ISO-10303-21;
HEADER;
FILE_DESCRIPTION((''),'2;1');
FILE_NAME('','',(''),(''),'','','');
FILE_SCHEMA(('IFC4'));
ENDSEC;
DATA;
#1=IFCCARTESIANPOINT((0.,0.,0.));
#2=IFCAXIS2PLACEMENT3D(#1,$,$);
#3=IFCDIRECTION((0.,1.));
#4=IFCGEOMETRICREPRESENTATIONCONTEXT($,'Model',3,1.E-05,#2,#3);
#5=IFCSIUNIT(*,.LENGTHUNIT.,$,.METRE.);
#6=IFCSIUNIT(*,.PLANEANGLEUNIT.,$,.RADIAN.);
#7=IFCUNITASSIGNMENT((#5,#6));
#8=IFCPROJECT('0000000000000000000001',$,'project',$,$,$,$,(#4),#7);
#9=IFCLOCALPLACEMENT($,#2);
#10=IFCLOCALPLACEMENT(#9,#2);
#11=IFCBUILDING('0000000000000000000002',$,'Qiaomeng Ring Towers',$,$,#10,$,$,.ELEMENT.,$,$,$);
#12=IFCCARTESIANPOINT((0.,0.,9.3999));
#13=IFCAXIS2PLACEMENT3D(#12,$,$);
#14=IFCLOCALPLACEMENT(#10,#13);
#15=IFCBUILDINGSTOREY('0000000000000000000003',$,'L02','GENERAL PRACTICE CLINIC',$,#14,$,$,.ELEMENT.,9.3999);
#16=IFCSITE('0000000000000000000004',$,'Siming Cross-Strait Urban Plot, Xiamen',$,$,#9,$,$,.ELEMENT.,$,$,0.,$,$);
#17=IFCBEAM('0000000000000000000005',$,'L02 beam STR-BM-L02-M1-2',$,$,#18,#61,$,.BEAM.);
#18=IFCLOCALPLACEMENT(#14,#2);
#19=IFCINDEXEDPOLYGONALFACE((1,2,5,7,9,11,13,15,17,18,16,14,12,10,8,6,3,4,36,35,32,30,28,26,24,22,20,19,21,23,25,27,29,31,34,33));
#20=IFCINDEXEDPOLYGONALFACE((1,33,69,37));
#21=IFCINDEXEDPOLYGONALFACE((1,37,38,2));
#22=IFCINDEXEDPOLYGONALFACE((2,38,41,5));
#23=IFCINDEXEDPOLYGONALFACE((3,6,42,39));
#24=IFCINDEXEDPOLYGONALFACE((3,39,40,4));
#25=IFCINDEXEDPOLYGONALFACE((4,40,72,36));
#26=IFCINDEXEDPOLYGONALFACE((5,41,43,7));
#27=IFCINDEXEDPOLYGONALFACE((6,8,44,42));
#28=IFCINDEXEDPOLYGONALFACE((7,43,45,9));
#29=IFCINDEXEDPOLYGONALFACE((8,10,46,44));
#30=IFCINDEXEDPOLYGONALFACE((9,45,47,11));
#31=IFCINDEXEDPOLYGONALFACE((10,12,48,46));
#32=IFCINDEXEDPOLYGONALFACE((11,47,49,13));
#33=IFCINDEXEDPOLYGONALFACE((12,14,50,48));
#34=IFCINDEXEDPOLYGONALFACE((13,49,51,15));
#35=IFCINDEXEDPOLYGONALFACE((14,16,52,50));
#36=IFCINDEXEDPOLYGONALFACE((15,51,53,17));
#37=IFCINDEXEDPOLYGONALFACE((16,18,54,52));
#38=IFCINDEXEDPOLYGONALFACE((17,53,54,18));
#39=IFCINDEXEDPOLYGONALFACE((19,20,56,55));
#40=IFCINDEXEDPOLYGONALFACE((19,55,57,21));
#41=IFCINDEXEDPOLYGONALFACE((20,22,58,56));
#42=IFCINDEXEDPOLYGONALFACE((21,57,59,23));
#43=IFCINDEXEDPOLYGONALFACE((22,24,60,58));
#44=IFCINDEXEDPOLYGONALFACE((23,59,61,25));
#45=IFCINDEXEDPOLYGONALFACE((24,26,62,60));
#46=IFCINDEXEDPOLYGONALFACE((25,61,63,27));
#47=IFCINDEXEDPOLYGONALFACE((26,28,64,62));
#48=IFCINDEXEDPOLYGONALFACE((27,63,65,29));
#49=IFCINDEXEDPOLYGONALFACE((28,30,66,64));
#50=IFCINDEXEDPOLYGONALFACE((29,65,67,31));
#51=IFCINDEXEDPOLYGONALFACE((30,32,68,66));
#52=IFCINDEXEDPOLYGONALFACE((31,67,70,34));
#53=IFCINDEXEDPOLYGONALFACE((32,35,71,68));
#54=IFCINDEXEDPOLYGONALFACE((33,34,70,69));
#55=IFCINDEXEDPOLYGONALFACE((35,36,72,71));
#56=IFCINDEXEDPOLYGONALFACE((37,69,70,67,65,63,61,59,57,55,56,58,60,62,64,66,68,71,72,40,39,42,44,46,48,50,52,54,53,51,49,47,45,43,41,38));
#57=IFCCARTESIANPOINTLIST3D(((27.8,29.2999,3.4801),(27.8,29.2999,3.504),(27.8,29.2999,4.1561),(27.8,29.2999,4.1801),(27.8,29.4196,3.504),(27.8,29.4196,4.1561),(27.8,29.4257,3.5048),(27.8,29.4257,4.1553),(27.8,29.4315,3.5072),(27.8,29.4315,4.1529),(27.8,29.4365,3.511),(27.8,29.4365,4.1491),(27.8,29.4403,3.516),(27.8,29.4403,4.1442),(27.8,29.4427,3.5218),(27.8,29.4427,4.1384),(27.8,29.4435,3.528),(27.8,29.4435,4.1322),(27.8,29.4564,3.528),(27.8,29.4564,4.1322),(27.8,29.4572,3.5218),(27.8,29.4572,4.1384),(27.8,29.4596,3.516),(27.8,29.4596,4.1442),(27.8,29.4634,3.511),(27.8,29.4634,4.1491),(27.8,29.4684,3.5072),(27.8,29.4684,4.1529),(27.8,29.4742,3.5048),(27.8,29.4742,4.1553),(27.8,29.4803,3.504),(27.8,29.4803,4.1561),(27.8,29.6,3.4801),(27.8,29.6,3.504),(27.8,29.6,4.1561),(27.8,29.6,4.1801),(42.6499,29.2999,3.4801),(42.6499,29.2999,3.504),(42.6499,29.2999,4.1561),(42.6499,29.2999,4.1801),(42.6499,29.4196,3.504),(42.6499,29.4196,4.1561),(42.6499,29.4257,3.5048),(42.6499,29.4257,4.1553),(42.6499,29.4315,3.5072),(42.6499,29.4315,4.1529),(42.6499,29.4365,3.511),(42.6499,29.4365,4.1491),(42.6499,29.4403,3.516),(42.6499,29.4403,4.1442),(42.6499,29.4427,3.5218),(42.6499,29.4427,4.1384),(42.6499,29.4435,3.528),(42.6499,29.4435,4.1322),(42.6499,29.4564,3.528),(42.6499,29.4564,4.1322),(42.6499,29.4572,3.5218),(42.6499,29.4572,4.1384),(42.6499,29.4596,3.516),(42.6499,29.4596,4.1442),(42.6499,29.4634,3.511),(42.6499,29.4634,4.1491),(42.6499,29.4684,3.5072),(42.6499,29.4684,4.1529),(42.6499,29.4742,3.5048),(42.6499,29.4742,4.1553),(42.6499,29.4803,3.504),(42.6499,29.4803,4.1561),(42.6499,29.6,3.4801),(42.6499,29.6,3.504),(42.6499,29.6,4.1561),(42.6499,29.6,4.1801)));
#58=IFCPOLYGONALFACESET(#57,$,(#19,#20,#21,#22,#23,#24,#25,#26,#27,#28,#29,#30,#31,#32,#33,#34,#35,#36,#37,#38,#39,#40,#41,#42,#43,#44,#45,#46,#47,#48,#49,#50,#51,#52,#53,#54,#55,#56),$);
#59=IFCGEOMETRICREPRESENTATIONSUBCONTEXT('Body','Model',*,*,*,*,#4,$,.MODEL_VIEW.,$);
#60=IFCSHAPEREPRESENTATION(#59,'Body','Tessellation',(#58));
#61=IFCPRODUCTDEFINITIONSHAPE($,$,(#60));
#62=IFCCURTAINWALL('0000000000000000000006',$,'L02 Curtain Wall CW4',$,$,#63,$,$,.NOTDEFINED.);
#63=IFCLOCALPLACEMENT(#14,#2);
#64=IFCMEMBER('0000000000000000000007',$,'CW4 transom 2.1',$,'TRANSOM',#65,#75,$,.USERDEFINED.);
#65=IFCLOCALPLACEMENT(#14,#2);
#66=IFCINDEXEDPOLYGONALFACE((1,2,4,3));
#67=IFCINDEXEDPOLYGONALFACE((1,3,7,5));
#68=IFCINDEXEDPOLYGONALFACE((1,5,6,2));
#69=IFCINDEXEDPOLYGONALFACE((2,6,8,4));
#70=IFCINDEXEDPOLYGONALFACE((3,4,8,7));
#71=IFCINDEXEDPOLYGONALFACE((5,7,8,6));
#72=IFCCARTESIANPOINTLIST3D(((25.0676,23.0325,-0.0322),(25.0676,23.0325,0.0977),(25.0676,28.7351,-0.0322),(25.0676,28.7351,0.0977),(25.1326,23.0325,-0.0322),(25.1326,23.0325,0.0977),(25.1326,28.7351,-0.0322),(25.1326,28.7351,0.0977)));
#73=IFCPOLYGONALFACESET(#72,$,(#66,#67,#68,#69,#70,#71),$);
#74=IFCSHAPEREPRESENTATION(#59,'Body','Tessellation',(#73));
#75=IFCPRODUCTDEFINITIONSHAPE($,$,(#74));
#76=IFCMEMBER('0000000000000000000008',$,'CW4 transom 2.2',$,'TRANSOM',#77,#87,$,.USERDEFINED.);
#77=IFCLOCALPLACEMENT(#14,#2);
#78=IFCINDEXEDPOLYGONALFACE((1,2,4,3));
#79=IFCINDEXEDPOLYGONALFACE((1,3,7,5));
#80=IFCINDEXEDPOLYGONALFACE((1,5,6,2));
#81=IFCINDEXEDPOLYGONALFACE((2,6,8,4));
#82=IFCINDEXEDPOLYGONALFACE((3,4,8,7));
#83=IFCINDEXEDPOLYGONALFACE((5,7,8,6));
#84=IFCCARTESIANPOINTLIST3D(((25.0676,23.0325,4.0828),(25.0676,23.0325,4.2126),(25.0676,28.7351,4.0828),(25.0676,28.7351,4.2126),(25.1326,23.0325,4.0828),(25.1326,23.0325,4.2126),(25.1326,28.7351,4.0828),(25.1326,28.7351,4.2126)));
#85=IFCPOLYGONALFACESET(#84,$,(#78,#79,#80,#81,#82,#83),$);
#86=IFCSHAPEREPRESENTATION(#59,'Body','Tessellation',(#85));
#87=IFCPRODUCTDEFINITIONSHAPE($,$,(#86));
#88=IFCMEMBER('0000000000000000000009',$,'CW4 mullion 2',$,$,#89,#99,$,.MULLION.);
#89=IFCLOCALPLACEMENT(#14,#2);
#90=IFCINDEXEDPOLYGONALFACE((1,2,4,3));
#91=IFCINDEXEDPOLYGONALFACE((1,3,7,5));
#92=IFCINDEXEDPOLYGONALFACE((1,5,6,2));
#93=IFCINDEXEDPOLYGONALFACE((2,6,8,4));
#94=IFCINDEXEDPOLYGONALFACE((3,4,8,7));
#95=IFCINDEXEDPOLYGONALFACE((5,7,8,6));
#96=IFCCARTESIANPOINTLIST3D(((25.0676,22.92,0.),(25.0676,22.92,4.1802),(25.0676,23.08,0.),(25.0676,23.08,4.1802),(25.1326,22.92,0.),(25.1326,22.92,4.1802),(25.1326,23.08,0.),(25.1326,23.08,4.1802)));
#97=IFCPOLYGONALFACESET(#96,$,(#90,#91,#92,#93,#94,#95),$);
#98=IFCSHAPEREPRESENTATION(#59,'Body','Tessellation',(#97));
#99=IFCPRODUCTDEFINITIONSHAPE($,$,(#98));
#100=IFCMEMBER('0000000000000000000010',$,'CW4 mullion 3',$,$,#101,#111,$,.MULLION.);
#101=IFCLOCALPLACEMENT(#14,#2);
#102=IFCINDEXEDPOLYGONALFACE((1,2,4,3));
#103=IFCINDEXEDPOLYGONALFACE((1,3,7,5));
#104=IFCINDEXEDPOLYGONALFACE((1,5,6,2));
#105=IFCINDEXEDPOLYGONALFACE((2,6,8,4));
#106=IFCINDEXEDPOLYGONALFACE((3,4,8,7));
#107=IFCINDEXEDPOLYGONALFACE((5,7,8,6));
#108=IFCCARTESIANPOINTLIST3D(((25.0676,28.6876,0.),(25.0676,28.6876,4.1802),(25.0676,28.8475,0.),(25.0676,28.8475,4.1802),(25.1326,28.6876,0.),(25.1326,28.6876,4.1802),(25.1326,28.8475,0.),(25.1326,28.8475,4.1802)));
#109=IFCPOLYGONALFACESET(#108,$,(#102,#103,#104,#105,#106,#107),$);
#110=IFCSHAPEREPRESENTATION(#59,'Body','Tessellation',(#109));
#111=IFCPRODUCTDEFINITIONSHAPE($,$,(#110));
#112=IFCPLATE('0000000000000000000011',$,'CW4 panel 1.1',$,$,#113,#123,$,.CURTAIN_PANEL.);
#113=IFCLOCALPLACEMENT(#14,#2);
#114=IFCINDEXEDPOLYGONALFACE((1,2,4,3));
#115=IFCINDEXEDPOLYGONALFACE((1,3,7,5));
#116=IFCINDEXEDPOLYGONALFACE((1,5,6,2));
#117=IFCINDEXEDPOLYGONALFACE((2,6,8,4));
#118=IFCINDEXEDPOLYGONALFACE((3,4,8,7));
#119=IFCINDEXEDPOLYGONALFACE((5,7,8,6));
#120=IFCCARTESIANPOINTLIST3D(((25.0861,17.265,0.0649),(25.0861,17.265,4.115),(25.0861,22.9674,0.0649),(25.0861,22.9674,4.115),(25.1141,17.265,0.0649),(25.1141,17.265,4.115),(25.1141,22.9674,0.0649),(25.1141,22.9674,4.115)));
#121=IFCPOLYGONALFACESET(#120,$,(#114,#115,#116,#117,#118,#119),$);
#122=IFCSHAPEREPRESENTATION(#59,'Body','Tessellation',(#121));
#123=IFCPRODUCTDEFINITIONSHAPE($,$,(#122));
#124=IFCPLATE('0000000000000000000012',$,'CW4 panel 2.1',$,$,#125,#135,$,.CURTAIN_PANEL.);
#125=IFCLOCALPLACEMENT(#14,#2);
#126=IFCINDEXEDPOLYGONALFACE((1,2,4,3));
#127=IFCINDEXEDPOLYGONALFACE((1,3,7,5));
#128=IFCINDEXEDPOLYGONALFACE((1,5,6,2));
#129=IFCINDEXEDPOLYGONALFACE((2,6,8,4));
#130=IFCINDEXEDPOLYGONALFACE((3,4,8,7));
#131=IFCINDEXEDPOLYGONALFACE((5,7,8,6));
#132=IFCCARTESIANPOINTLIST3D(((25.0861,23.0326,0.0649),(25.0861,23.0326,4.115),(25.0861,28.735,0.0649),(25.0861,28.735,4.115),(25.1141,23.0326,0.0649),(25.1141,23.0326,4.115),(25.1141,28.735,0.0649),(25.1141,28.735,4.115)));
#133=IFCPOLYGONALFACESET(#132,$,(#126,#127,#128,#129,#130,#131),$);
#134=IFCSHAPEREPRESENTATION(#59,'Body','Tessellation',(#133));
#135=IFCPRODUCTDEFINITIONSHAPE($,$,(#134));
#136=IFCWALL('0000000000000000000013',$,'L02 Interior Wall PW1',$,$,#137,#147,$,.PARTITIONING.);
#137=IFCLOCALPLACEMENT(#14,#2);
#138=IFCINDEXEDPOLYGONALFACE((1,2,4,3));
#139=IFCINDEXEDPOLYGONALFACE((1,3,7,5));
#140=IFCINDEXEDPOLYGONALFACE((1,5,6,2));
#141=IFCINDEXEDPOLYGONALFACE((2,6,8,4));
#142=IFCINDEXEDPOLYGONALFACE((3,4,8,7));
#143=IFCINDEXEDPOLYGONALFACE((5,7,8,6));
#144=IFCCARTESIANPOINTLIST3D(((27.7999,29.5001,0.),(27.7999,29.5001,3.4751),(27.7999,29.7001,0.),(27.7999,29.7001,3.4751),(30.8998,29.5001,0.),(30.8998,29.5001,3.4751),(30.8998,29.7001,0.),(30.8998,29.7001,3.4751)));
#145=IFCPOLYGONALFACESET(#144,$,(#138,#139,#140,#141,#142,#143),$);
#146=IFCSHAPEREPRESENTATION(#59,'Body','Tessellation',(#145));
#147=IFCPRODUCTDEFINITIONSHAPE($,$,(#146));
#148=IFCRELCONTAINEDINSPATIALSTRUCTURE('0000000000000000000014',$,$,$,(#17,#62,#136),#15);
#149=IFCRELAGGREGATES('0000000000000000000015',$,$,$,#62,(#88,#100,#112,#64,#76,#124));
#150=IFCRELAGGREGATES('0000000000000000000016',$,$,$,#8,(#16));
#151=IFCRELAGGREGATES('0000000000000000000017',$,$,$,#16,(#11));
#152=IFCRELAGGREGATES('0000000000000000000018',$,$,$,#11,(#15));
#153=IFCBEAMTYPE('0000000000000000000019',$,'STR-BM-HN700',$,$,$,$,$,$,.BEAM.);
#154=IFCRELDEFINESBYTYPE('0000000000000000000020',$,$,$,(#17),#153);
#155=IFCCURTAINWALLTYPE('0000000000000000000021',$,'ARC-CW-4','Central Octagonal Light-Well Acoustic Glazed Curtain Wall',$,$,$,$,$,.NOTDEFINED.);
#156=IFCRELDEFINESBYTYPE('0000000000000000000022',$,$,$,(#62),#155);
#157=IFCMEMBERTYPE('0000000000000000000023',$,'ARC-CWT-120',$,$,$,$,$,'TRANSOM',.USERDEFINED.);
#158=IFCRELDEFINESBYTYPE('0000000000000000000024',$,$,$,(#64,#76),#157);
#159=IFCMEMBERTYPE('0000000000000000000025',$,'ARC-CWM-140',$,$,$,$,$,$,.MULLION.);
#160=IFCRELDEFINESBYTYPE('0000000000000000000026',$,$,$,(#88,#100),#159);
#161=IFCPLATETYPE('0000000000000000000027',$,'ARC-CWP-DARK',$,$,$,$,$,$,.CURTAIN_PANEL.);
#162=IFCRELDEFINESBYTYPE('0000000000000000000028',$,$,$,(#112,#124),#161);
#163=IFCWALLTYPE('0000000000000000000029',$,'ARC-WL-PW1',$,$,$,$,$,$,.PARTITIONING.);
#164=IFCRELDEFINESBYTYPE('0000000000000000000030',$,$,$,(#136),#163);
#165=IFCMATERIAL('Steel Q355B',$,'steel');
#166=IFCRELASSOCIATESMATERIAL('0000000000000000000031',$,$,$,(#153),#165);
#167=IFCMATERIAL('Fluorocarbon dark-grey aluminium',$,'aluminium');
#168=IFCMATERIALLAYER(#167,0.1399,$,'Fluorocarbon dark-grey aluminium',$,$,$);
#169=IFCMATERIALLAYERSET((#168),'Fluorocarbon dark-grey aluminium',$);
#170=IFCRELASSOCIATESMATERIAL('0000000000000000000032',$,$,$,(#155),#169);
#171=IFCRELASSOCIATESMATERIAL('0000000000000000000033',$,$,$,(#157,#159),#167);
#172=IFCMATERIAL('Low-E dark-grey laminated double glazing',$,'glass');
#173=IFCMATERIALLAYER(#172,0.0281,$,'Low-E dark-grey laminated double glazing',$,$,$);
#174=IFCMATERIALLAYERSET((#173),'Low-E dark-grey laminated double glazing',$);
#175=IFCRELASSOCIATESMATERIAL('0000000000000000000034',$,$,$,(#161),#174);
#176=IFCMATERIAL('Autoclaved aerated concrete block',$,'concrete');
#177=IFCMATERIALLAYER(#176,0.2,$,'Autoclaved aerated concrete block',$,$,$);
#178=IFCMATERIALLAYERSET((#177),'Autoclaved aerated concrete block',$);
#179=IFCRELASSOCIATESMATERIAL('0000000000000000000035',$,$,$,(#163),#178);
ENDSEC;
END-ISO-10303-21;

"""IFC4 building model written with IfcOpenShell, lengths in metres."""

from ifc_helpers import new_model, si_unit, direction, frame, frame_2d, origin, origin_2d, place, context, subcontext, project, spatial, rectangle, i_section, extrude, source, transform, mapped, material, layer, layer_set, material_profile, profile_set, type_object, element, aggregate, save


model = new_model("IFC4")

# Units and contexts
model_context = context("Model", 3, precision=1e-05, world=origin(), true_north=direction((0.0, 1.0)))
body_context = subcontext(model_context, "Body", "Model", "MODEL_VIEW")
ifc_project = project(units=[si_unit("LENGTHUNIT", "METRE"), si_unit("PLANEANGLEUNIT", "RADIAN")], contexts=[model_context])

# Site, building, storey
site_placement = place(None, origin())
site = spatial("IfcSite", under=ifc_project, at=site_placement, Name="Siming Cross-Strait Urban Plot, Xiamen", CompositionType="ELEMENT", RefElevation=0.0)
building_placement = place(site_placement, origin())
building = spatial("IfcBuilding", under=site, at=building_placement, Name="Qiaomeng Ring Towers", CompositionType="ELEMENT")
storey_placement = place(building_placement, frame((0.0, 0.0, 9.3999)))
storey = spatial("IfcBuildingStorey", under=building, at=storey_placement, Name="L02", Description="GENERAL PRACTICE CLINIC", CompositionType="ELEMENT", Elevation=9.3999)

# Beam
ifc_material_1 = material(Name="Steel Q355B", Category="steel")
ifc_material_profile_1 = material_profile(ifc_material_1, i_section(OverallWidth=0.3, OverallDepth=0.7, WebThickness=0.0129, FlangeThickness=0.0239, FilletRadius=0.0239, at=origin_2d()), Name="HN 700x300x13x24")
ifc_profile_set_1 = profile_set([ifc_material_profile_1], Name="Steel Q355B")
beam_type = type_object("IfcBeamType", Name="STR-BM-HN700", PredefinedType="BEAM", material=ifc_profile_set_1)
shared_shape_1 = source(origin(), body_context, "Body", "SweptSolid", [
    extrude(i_section(OverallWidth=0.3, OverallDepth=0.7, WebThickness=0.0129, FlangeThickness=0.0239, FilletRadius=0.0239, at=origin_2d()), origin(), (0.0, 0.0, 1.0), 14.8499),
])
beam_placement = place(storey_placement, frame((27.8, 29.45, 3.8301), z_axis=(1.0, 0.0, 0.0), x_axis=(0.0, 1.0, 0.0)))
element("IfcBeam", 1, at=beam_placement, inside=storey, type_object=beam_type, Name="L02 beam STR-BM-L02-M1-2", PredefinedType="BEAM", context=body_context, shape_type="MappedRepresentation", body=[
    mapped(shared_shape_1, transform((0.0, 0.0, 0.0), x_axis=(1.0, 0.0, 0.0), y_axis=(0.0, 1.0, 0.0), z_axis=(0.0, 0.0, 1.0), scale=1.0)),
])

# Curtain wall, members, plates
ifc_material_2 = material(Name="Fluorocarbon dark-grey aluminium", Category="aluminium")
ifc_layer_1 = layer(ifc_material_2, 0.1399, Name="Fluorocarbon dark-grey aluminium")
ifc_layer_set_1 = layer_set([ifc_layer_1], Name="Fluorocarbon dark-grey aluminium")
curtain_wall_type = type_object("IfcCurtainWallType", Name="ARC-CW-4", Description="Central Octagonal Light-Well Acoustic Glazed Curtain Wall", PredefinedType="NOTDEFINED", material=ifc_layer_set_1)
curtain_wall_placement = place(storey_placement, origin())
curtain_wall = element("IfcCurtainWall", 2, at=curtain_wall_placement, inside=storey, type_object=curtain_wall_type, Name="L02 Curtain Wall CW4", PredefinedType="NOTDEFINED")
ifc_material_profile_2 = material_profile(ifc_material_2, rectangle(XDim=0.0649, YDim=0.1299, at=origin_2d()), Name="ALU TRAN 65x130")
ifc_profile_set_2 = profile_set([ifc_material_profile_2], Name="Fluorocarbon dark-grey aluminium")
member_type_1 = type_object("IfcMemberType", Name="ARC-CWT-120", ElementType="TRANSOM", PredefinedType="USERDEFINED", material=ifc_profile_set_2)
shared_shape_2 = source(origin(), body_context, "Body", "SweptSolid", [
    extrude(rectangle(XDim=0.0649, YDim=0.1299, at=origin_2d()), origin(), (0.0, 0.0, 1.0), 5.7026),
])
member_1_placement = place(storey_placement, frame((25.1001, 23.0325, 0.0327), z_axis=(0.0, 1.0, 0.0), x_axis=(-1.0, 0.0, 0.0)))
member_1 = element("IfcMember", 3, at=member_1_placement, type_object=member_type_1, Name="CW4 transom 2.1", ObjectType="TRANSOM", PredefinedType="USERDEFINED", context=body_context, shape_type="MappedRepresentation", body=[
    mapped(shared_shape_2, transform((0.0, 0.0, 0.0), x_axis=(1.0, 0.0, 0.0), y_axis=(0.0, 1.0, 0.0), z_axis=(0.0, 0.0, 1.0), scale=1.0)),
])
member_2_placement = place(storey_placement, frame((25.1001, 23.0325, 4.1477), z_axis=(0.0, 1.0, 0.0), x_axis=(-1.0, 0.0, 0.0)))
member_2 = element("IfcMember", 4, at=member_2_placement, type_object=member_type_1, Name="CW4 transom 2.2", ObjectType="TRANSOM", PredefinedType="USERDEFINED", context=body_context, shape_type="MappedRepresentation", body=[
    mapped(shared_shape_2, transform((0.0, 0.0, 0.0), x_axis=(1.0, 0.0, 0.0), y_axis=(0.0, 1.0, 0.0), z_axis=(0.0, 0.0, 1.0), scale=1.0)),
])
ifc_material_profile_3 = material_profile(ifc_material_2, rectangle(XDim=0.0649, YDim=0.1599, at=origin_2d()), Name="ALU MULL 65x160")
ifc_profile_set_3 = profile_set([ifc_material_profile_3], Name="Fluorocarbon dark-grey aluminium")
member_type_2 = type_object("IfcMemberType", Name="ARC-CWM-140", PredefinedType="MULLION", material=ifc_profile_set_3)
shared_shape_3 = source(origin(), body_context, "Body", "SweptSolid", [
    extrude(rectangle(XDim=0.0649, YDim=0.1599, at=origin_2d()), origin(), (0.0, 0.0, 1.0), 4.1802),
])
member_3_placement = place(storey_placement, frame((25.1001, 23.0, 0.0), z_axis=(0.0, 0.0, 1.0), x_axis=(-1.0, 0.0, 0.0)))
member_3 = element("IfcMember", 5, at=member_3_placement, type_object=member_type_2, Name="CW4 mullion 2", PredefinedType="MULLION", context=body_context, shape_type="MappedRepresentation", body=[
    mapped(shared_shape_3, transform((0.0, 0.0, 0.0), x_axis=(1.0, 0.0, 0.0), y_axis=(0.0, 1.0, 0.0), z_axis=(0.0, 0.0, 1.0), scale=1.0)),
])
member_4_placement = place(storey_placement, frame((25.1001, 28.7676, 0.0), z_axis=(0.0, 0.0, 1.0), x_axis=(-1.0, 0.0, 0.0)))
member_4 = element("IfcMember", 6, at=member_4_placement, type_object=member_type_2, Name="CW4 mullion 3", PredefinedType="MULLION", context=body_context, shape_type="MappedRepresentation", body=[
    mapped(shared_shape_3, transform((0.0, 0.0, 0.0), x_axis=(1.0, 0.0, 0.0), y_axis=(0.0, 1.0, 0.0), z_axis=(0.0, 0.0, 1.0), scale=1.0)),
])
ifc_material_3 = material(Name="Low-E dark-grey laminated double glazing", Category="glass")
ifc_layer_2 = layer(ifc_material_3, 0.0281, Name="Low-E dark-grey laminated double glazing")
ifc_layer_set_2 = layer_set([ifc_layer_2], Name="Low-E dark-grey laminated double glazing")
plate_type = type_object("IfcPlateType", Name="ARC-CWP-DARK", PredefinedType="CURTAIN_PANEL", material=ifc_layer_set_2)
shared_shape_4 = source(origin(), body_context, "Body", "SweptSolid", [
    extrude(rectangle(XDim=5.7024, YDim=0.0281, at=origin_2d()), origin(), (0.0, 0.0, 1.0), 4.05),
])
plate_1_placement = place(storey_placement, frame((25.1001, 20.1162, 0.0649), z_axis=(0.0, 0.0, 1.0), x_axis=(0.0, 1.0, 0.0)))
plate_1 = element("IfcPlate", 7, at=plate_1_placement, type_object=plate_type, Name="CW4 panel 1.1", PredefinedType="CURTAIN_PANEL", context=body_context, shape_type="MappedRepresentation", body=[
    mapped(shared_shape_4, transform((0.0, 0.0, 0.0), x_axis=(1.0, 0.0, 0.0), y_axis=(0.0, 1.0, 0.0), z_axis=(0.0, 0.0, 1.0), scale=1.0)),
])
plate_2_placement = place(storey_placement, frame((25.1001, 25.8838, 0.0649), z_axis=(0.0, 0.0, 1.0), x_axis=(0.0, 1.0, 0.0)))
plate_2 = element("IfcPlate", 8, at=plate_2_placement, type_object=plate_type, Name="CW4 panel 2.1", PredefinedType="CURTAIN_PANEL", context=body_context, shape_type="MappedRepresentation", body=[
    mapped(shared_shape_4, transform((0.0, 0.0, 0.0), x_axis=(1.0, 0.0, 0.0), y_axis=(0.0, 1.0, 0.0), z_axis=(0.0, 0.0, 1.0), scale=1.0)),
])
aggregate(curtain_wall, [member_3, member_4, plate_1, member_1, member_2, plate_2])

# Wall
ifc_material_4 = material(Name="Autoclaved aerated concrete block", Category="concrete")
ifc_layer_3 = layer(ifc_material_4, 0.2, Name="Autoclaved aerated concrete block")
ifc_layer_set_3 = layer_set([ifc_layer_3], Name="Autoclaved aerated concrete block")
wall_type_1 = type_object("IfcWallType", Name="ARC-WL-PW1", PredefinedType="PARTITIONING", material=ifc_layer_set_3)
wall_1_placement = place(storey_placement, frame((27.8, 29.6001, 0.0), z_axis=(0.0, 0.0, 1.0), x_axis=(1.0, 0.0, 0.0)))
element("IfcWall", 9, at=wall_1_placement, inside=storey, type_object=wall_type_1, Name="L02 Interior Wall PW1", PredefinedType="PARTITIONING", context=body_context, shape_type="SweptSolid", body=[
    extrude(rectangle(XDim=3.0999, YDim=0.2, at=frame_2d((1.5498, 0.0))), origin(), (0.0, 0.0, 1.0), 3.4751),
])

save(model, "model.ifc")
